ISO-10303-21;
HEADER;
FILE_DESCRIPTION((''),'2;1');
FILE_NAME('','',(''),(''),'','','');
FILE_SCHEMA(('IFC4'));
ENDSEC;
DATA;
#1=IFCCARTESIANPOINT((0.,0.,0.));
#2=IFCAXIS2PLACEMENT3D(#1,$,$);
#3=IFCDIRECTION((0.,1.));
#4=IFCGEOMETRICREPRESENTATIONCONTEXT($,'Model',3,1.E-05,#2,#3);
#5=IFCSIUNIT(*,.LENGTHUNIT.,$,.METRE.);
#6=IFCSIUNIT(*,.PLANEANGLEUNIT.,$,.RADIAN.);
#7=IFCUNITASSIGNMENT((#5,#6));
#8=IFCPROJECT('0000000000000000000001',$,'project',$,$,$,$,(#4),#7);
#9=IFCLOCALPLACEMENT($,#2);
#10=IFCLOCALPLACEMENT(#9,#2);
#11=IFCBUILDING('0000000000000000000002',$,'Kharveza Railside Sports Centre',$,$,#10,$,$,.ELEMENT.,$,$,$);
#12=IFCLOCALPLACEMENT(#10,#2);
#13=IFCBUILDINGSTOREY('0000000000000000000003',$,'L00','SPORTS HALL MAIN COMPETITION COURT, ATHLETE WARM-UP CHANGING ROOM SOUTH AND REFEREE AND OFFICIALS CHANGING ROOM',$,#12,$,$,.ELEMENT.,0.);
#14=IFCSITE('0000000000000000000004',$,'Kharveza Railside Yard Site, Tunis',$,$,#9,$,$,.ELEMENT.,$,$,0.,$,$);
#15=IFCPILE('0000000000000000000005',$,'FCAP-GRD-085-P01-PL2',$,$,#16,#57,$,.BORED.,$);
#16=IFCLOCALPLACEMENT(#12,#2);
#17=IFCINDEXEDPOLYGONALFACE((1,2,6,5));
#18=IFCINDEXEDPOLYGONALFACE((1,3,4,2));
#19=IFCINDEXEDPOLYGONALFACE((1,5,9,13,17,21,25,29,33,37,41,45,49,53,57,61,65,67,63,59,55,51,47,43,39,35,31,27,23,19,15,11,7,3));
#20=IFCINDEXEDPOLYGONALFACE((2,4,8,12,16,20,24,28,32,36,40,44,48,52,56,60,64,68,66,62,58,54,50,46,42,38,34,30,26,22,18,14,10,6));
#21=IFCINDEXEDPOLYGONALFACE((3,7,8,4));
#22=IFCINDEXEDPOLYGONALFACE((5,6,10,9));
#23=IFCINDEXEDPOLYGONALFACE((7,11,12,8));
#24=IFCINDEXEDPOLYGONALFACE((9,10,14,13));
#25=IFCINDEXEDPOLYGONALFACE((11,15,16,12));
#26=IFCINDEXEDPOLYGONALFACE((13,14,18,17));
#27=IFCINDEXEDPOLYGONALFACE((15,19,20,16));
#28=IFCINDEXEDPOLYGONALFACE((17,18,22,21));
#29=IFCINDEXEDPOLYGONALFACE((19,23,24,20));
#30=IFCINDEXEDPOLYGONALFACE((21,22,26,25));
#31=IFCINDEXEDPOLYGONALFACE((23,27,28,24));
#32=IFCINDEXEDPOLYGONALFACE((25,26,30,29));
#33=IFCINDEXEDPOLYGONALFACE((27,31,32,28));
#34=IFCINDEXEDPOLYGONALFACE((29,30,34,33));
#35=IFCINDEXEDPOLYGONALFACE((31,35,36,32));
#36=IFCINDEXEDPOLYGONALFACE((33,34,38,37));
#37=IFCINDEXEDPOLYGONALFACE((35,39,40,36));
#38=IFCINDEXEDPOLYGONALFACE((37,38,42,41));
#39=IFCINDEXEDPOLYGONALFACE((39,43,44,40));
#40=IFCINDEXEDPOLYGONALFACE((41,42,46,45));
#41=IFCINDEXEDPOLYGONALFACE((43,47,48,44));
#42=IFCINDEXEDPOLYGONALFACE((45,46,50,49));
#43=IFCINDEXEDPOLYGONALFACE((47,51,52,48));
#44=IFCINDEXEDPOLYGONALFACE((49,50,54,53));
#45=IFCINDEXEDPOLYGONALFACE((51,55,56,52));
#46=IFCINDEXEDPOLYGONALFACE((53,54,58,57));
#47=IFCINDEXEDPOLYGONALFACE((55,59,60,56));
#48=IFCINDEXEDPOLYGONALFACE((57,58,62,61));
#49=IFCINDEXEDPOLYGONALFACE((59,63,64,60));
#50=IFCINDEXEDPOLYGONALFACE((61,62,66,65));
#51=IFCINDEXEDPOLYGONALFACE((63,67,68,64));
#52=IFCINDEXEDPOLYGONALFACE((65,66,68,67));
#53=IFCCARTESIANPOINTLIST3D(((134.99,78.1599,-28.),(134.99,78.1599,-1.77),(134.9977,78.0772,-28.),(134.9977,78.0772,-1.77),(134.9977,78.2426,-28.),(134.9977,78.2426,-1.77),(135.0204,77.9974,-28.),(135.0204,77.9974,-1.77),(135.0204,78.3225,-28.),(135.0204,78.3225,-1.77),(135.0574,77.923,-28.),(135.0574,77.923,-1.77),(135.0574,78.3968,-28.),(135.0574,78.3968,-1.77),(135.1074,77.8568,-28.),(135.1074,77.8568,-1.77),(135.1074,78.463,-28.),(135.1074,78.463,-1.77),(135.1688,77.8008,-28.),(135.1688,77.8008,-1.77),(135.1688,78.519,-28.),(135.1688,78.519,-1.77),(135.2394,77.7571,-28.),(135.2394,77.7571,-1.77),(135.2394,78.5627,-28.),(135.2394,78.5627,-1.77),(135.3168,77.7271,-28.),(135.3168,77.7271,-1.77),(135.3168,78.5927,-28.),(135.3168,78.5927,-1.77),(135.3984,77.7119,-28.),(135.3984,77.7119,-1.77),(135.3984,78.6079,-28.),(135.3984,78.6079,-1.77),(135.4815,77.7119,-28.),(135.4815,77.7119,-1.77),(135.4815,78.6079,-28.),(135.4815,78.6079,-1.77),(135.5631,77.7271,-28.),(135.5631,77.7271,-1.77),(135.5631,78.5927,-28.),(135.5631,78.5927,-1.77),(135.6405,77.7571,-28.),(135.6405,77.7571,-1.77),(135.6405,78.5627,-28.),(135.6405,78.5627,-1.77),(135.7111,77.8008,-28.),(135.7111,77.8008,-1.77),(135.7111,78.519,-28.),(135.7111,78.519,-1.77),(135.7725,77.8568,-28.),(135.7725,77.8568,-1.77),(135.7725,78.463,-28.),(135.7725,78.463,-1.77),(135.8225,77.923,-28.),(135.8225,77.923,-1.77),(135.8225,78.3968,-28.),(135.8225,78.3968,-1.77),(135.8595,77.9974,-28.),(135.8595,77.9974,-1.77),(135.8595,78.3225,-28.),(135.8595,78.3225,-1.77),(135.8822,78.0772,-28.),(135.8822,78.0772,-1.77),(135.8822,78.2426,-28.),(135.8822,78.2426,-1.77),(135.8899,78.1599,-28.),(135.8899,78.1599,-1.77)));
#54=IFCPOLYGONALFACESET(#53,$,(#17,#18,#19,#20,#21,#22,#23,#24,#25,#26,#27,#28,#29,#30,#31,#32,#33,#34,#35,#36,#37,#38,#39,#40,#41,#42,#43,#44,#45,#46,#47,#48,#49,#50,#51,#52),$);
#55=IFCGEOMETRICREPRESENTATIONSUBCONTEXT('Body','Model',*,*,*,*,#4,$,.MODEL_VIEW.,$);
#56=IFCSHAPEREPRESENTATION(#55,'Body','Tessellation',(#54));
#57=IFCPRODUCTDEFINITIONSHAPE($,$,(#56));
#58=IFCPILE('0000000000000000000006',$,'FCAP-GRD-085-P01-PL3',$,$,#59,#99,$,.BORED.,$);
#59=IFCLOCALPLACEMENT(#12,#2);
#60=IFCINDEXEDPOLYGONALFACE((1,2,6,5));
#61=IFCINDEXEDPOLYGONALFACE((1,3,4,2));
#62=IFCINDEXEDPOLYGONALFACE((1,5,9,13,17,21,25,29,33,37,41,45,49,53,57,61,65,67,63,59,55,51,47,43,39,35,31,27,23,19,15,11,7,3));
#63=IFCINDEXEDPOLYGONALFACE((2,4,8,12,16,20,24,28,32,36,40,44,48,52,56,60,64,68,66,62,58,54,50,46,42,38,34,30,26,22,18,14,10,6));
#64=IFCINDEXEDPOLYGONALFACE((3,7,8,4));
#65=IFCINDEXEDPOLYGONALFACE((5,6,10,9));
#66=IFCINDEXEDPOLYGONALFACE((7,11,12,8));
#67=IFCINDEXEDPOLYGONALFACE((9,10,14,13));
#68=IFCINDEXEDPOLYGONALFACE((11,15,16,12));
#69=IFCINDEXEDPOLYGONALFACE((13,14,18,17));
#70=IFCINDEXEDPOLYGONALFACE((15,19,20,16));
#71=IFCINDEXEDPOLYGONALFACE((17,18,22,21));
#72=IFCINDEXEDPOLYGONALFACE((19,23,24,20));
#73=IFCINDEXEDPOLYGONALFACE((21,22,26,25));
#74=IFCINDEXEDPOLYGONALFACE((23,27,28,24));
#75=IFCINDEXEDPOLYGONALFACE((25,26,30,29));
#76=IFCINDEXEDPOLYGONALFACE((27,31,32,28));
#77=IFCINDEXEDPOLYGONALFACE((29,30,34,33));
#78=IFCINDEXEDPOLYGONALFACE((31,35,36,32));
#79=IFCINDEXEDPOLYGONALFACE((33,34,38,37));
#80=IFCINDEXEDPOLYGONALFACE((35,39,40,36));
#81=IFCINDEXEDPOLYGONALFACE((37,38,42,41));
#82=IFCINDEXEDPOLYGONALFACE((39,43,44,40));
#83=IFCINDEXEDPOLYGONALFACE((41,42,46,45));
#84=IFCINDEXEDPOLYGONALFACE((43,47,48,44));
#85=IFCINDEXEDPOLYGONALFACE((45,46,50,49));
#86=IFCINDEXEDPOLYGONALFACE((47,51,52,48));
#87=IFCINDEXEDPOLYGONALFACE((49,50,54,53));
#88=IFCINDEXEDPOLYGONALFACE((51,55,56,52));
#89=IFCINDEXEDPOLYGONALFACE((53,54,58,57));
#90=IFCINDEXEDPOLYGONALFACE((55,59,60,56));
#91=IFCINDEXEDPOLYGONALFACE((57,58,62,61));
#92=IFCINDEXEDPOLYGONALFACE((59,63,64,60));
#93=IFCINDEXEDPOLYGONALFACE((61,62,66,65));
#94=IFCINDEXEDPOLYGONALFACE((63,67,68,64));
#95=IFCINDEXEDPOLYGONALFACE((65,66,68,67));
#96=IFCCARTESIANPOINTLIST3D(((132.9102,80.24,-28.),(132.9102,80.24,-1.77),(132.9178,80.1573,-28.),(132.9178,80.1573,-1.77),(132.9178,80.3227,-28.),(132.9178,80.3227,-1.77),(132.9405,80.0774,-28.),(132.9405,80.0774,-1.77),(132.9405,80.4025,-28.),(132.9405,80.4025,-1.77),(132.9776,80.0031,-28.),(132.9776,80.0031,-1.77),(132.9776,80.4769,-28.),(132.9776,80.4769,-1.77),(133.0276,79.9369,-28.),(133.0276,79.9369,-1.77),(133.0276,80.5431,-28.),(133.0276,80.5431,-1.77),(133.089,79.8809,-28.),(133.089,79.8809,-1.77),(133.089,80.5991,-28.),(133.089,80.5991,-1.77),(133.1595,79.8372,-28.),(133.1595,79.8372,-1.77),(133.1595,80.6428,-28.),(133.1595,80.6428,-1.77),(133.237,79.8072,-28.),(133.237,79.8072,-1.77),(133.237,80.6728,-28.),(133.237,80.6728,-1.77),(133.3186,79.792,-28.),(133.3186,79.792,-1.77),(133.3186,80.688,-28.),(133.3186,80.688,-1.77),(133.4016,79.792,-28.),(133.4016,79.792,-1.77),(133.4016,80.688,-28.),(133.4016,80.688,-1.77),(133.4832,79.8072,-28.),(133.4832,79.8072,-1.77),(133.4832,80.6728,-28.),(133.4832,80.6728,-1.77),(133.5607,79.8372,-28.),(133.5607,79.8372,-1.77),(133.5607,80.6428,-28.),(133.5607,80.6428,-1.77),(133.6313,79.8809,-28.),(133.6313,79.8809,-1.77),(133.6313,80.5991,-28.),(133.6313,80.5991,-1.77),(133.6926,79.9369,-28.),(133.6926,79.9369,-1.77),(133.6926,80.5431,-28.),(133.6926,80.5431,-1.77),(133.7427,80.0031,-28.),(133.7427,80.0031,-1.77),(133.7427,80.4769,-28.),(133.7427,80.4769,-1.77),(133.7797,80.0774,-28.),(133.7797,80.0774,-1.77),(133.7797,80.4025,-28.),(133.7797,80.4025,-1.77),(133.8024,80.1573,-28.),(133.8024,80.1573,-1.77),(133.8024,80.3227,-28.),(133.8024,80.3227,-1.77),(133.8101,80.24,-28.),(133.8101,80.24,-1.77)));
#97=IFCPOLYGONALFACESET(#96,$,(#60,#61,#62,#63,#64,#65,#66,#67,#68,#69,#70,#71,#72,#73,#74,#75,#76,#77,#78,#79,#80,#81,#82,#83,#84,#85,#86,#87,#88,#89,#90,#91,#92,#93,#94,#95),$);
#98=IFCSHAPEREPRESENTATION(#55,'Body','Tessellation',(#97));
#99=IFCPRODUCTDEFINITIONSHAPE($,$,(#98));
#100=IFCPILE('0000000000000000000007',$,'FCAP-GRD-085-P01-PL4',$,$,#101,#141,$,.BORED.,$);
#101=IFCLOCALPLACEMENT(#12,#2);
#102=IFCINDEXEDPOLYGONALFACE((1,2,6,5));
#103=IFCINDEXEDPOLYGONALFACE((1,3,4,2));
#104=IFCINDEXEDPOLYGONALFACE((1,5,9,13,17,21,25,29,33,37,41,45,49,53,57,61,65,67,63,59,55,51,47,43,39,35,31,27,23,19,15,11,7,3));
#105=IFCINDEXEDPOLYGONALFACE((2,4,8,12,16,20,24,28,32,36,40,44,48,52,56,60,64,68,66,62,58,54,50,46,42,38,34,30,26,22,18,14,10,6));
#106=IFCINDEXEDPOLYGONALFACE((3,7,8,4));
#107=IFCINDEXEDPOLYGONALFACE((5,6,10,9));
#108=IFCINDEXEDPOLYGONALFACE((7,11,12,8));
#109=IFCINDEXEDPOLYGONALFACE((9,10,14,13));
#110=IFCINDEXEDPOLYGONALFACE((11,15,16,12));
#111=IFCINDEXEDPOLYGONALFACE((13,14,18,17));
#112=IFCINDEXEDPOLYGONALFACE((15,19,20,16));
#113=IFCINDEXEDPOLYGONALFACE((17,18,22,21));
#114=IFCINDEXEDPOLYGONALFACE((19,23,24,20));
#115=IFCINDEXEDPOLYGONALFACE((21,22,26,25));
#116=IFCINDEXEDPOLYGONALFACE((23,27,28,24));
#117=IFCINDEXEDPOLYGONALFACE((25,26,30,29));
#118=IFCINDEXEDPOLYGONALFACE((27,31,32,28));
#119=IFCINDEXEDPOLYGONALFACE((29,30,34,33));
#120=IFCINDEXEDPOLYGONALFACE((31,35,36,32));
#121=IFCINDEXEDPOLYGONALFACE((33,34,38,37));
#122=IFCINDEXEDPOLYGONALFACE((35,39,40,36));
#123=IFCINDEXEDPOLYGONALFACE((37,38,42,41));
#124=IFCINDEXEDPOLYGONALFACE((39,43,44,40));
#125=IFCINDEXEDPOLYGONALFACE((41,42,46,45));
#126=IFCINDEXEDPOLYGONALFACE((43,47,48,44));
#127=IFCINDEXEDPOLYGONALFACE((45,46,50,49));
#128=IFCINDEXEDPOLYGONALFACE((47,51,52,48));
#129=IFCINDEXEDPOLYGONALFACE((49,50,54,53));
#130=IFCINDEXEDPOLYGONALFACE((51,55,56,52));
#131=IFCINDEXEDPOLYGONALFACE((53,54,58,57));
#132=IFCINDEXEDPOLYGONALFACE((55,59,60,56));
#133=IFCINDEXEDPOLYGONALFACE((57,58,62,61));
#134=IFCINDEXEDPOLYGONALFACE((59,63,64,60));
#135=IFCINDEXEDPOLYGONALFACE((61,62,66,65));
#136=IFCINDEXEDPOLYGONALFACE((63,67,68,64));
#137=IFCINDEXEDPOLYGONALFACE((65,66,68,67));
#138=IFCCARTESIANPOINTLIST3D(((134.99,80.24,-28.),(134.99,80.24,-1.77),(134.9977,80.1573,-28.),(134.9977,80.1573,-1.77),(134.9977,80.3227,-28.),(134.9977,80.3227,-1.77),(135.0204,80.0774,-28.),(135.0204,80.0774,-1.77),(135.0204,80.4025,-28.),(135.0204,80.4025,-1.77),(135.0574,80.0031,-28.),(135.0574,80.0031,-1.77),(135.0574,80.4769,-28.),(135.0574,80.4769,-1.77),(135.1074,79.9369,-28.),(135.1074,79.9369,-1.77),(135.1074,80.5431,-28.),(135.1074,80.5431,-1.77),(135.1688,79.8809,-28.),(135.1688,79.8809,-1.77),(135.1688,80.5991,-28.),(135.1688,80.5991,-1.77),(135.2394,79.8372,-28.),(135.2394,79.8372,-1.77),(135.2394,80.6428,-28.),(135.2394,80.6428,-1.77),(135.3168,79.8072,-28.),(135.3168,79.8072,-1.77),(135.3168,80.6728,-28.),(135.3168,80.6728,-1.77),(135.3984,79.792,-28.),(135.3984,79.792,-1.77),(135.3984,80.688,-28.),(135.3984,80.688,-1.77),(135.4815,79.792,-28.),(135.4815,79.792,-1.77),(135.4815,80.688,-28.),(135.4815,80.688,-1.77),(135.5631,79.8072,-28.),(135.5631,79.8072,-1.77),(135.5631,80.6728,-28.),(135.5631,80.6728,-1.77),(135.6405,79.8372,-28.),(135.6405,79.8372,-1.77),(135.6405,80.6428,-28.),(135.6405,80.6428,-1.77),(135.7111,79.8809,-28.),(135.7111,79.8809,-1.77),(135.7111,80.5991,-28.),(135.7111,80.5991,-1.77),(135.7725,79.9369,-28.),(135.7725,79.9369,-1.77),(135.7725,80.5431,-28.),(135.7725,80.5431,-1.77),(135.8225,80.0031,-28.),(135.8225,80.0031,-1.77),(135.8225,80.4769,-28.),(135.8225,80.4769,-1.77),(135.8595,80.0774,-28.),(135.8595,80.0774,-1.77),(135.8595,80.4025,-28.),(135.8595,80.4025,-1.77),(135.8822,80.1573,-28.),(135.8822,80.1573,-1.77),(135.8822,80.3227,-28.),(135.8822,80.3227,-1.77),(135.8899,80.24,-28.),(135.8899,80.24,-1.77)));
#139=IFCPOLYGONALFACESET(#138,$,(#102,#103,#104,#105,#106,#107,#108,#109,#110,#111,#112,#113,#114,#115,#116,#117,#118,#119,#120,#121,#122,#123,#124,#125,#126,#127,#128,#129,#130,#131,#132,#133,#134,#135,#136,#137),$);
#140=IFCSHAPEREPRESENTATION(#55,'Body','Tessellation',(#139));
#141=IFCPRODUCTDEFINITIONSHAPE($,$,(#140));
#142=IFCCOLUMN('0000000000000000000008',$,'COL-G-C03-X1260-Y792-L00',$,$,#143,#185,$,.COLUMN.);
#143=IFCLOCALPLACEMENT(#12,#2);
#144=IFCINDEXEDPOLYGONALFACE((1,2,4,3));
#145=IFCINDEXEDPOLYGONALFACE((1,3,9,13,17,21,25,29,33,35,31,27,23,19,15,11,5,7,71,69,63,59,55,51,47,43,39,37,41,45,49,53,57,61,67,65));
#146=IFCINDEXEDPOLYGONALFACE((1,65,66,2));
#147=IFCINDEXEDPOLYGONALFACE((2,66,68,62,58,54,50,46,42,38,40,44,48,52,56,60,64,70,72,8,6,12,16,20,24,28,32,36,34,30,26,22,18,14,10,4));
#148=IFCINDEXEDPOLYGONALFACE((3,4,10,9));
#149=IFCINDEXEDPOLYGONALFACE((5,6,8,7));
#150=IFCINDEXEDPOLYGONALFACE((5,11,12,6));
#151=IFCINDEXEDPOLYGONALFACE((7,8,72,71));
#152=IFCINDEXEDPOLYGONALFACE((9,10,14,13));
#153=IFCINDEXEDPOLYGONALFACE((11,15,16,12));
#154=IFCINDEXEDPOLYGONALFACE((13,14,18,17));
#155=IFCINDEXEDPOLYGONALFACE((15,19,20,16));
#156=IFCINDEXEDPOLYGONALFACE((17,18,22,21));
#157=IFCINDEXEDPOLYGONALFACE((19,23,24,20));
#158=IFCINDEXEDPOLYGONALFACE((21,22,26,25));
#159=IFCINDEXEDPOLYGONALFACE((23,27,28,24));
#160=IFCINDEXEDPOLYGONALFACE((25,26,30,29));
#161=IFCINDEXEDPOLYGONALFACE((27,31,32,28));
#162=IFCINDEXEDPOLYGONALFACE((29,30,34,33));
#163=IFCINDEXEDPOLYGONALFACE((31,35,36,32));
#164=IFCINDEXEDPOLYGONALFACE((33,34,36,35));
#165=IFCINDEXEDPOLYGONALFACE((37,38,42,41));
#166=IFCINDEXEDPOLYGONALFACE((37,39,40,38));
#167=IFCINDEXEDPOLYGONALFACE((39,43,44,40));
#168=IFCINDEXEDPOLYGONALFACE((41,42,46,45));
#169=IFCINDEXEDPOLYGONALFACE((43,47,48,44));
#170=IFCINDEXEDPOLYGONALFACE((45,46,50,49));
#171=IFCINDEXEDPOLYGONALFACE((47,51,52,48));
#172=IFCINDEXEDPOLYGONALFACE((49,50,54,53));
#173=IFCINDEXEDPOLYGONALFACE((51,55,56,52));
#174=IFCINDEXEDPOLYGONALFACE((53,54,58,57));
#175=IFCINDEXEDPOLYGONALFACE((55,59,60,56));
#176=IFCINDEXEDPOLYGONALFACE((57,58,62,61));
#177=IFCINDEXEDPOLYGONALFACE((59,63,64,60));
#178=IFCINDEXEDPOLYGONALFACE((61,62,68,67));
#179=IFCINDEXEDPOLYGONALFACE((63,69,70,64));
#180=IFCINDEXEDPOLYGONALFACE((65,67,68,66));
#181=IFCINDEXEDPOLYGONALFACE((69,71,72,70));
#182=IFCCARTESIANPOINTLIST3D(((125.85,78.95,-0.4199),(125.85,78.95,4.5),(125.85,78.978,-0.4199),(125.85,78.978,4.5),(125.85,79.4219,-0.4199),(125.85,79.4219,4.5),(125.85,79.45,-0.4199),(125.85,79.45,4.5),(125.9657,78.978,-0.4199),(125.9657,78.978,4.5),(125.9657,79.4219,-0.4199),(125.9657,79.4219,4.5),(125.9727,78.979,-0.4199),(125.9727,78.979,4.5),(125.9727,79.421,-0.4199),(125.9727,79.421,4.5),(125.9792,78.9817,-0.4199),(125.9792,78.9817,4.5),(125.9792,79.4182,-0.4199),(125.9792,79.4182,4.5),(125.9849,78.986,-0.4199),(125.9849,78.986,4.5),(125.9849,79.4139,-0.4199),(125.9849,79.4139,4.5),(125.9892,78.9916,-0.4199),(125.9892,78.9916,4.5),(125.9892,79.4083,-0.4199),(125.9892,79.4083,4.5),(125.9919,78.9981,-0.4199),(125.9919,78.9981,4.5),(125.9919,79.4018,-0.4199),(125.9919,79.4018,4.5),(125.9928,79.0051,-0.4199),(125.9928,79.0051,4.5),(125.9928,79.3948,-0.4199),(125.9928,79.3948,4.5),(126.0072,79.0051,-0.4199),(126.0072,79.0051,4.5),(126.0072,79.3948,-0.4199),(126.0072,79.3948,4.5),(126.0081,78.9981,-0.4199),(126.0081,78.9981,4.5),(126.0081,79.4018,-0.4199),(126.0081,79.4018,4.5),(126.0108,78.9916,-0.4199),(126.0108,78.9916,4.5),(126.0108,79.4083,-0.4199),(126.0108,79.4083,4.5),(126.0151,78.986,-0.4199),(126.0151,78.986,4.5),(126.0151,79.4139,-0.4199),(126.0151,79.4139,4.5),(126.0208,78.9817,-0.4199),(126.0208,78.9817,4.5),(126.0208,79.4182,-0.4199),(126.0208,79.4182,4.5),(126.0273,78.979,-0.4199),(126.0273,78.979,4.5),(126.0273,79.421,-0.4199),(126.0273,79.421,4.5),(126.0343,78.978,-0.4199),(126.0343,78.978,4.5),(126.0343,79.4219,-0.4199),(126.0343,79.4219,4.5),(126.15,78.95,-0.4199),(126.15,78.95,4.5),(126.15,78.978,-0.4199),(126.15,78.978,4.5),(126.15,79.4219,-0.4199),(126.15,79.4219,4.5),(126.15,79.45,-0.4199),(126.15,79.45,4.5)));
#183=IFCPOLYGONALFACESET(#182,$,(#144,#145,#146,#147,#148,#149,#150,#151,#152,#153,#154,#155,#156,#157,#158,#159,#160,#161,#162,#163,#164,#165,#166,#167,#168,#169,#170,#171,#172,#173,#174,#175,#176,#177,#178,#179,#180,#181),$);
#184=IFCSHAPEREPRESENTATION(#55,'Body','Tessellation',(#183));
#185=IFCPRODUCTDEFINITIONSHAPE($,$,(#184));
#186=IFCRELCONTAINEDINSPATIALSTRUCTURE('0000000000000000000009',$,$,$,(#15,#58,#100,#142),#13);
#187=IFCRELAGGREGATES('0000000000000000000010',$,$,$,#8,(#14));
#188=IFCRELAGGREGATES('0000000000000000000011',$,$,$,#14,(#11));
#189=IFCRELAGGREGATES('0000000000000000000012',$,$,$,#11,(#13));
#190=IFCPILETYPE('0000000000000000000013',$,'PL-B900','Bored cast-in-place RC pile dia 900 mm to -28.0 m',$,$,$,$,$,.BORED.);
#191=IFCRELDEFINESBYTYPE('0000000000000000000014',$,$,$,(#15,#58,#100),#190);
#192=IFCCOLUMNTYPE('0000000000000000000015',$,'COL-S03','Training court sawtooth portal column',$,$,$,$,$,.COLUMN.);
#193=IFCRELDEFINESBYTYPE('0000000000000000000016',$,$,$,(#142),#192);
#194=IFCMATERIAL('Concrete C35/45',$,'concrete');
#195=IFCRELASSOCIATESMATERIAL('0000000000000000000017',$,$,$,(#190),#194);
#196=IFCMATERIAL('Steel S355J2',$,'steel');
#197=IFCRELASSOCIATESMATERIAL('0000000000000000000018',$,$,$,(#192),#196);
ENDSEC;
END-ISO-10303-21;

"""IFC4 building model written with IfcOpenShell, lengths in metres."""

from ifc_helpers import new_model, si_unit, direction, frame, origin, origin_2d, place, context, subcontext, project, spatial, circle, i_section, extrude, material, material_profile, profile_set, type_object, element, save


model = new_model("IFC4")

# Units and contexts
model_context = context("Model", 3, precision=1e-05, world=origin(), true_north=direction((0.0, 1.0)))
body_context = subcontext(model_context, "Body", "Model", "MODEL_VIEW")
ifc_project = project(units=[si_unit("LENGTHUNIT", "METRE"), si_unit("PLANEANGLEUNIT", "RADIAN")], contexts=[model_context])

# Site, building, storey
site_placement = place(None, origin())
site = spatial("IfcSite", under=ifc_project, at=site_placement, Name="Kharveza Railside Yard Site, Tunis", CompositionType="ELEMENT", RefElevation=0.0)
building_placement = place(site_placement, origin())
building = spatial("IfcBuilding", under=site, at=building_placement, Name="Kharveza Railside Sports Centre", CompositionType="ELEMENT")
storey_placement = place(building_placement, origin())
storey = spatial("IfcBuildingStorey", under=building, at=storey_placement, Name="L00", Description="SPORTS HALL MAIN COMPETITION COURT, ATHLETE WARM-UP CHANGING ROOM SOUTH AND REFEREE AND OFFICIALS CHANGING ROOM", CompositionType="ELEMENT", Elevation=0.0)

# Shared definitions
ifc_material_1 = material(Name="Concrete C35/45", Category="concrete")

# Piles
ifc_material_profile_1 = material_profile(ifc_material_1, circle(Radius=0.45, at=origin_2d()), Name="PILE D900")
ifc_profile_set_1 = profile_set([ifc_material_profile_1], Name="Concrete C35/45")
pile_type = type_object("IfcPileType", Name="PL-B900", Description="Bored cast-in-place RC pile dia 900 mm to -28.0 m", PredefinedType="BORED", material=ifc_profile_set_1)
for number, where, z_axis, x_axis, name in (
    (1, (135.4399, 78.1599, -1.77), (0.0, 0.0, -1.0), (1.0, 0.0, 0.0), "FCAP-GRD-085-P01-PL2"),
    (2, (133.3601, 80.24, -1.77), (0.0, 0.0, -1.0), (1.0, 0.0, 0.0), "FCAP-GRD-085-P01-PL3"),
    (3, (135.4399, 80.24, -1.77), (0.0, 0.0, -1.0), (1.0, 0.0, 0.0), "FCAP-GRD-085-P01-PL4"),
):
    element("IfcPile", number, at=place(storey_placement, frame(where, z_axis=z_axis, x_axis=x_axis)), inside=storey, type_object=pile_type, Name=name, PredefinedType="BORED", context=body_context, shape_type="SweptSolid", body=[
        extrude(circle(Radius=0.45, at=origin_2d()), origin(), (0.0, 0.0, 1.0), 26.23),
    ])

# Column
ifc_material_2 = material(Name="Steel S355J2", Category="steel")
ifc_material_profile_2 = material_profile(ifc_material_2, i_section(OverallWidth=0.3, OverallDepth=0.5, WebThickness=0.0144, FlangeThickness=0.0281, FilletRadius=0.0271, at=origin_2d()), Name="HEB 500")
ifc_profile_set_2 = profile_set([ifc_material_profile_2], Name="Steel S355J2")
column_type = type_object("IfcColumnType", Name="COL-S03", Description="Training court sawtooth portal column", PredefinedType="COLUMN", material=ifc_profile_set_2)
for number, where, z_axis, x_axis, name in (
    (4, (126.0, 79.2, -0.4199), (0.0, 0.0, 1.0), (1.0, 0.0, 0.0), "COL-G-C03-X1260-Y792-L00"),
):
    element("IfcColumn", number, at=place(storey_placement, frame(where, z_axis=z_axis, x_axis=x_axis)), inside=storey, type_object=column_type, Name=name, PredefinedType="COLUMN", context=body_context, shape_type="SweptSolid", body=[
        extrude(i_section(OverallWidth=0.3, OverallDepth=0.5, WebThickness=0.0144, FlangeThickness=0.0281, FilletRadius=0.0271, at=origin_2d()), origin(), (0.0, 0.0, 1.0), 4.9199),
    ])

save(model, "model.ifc")
